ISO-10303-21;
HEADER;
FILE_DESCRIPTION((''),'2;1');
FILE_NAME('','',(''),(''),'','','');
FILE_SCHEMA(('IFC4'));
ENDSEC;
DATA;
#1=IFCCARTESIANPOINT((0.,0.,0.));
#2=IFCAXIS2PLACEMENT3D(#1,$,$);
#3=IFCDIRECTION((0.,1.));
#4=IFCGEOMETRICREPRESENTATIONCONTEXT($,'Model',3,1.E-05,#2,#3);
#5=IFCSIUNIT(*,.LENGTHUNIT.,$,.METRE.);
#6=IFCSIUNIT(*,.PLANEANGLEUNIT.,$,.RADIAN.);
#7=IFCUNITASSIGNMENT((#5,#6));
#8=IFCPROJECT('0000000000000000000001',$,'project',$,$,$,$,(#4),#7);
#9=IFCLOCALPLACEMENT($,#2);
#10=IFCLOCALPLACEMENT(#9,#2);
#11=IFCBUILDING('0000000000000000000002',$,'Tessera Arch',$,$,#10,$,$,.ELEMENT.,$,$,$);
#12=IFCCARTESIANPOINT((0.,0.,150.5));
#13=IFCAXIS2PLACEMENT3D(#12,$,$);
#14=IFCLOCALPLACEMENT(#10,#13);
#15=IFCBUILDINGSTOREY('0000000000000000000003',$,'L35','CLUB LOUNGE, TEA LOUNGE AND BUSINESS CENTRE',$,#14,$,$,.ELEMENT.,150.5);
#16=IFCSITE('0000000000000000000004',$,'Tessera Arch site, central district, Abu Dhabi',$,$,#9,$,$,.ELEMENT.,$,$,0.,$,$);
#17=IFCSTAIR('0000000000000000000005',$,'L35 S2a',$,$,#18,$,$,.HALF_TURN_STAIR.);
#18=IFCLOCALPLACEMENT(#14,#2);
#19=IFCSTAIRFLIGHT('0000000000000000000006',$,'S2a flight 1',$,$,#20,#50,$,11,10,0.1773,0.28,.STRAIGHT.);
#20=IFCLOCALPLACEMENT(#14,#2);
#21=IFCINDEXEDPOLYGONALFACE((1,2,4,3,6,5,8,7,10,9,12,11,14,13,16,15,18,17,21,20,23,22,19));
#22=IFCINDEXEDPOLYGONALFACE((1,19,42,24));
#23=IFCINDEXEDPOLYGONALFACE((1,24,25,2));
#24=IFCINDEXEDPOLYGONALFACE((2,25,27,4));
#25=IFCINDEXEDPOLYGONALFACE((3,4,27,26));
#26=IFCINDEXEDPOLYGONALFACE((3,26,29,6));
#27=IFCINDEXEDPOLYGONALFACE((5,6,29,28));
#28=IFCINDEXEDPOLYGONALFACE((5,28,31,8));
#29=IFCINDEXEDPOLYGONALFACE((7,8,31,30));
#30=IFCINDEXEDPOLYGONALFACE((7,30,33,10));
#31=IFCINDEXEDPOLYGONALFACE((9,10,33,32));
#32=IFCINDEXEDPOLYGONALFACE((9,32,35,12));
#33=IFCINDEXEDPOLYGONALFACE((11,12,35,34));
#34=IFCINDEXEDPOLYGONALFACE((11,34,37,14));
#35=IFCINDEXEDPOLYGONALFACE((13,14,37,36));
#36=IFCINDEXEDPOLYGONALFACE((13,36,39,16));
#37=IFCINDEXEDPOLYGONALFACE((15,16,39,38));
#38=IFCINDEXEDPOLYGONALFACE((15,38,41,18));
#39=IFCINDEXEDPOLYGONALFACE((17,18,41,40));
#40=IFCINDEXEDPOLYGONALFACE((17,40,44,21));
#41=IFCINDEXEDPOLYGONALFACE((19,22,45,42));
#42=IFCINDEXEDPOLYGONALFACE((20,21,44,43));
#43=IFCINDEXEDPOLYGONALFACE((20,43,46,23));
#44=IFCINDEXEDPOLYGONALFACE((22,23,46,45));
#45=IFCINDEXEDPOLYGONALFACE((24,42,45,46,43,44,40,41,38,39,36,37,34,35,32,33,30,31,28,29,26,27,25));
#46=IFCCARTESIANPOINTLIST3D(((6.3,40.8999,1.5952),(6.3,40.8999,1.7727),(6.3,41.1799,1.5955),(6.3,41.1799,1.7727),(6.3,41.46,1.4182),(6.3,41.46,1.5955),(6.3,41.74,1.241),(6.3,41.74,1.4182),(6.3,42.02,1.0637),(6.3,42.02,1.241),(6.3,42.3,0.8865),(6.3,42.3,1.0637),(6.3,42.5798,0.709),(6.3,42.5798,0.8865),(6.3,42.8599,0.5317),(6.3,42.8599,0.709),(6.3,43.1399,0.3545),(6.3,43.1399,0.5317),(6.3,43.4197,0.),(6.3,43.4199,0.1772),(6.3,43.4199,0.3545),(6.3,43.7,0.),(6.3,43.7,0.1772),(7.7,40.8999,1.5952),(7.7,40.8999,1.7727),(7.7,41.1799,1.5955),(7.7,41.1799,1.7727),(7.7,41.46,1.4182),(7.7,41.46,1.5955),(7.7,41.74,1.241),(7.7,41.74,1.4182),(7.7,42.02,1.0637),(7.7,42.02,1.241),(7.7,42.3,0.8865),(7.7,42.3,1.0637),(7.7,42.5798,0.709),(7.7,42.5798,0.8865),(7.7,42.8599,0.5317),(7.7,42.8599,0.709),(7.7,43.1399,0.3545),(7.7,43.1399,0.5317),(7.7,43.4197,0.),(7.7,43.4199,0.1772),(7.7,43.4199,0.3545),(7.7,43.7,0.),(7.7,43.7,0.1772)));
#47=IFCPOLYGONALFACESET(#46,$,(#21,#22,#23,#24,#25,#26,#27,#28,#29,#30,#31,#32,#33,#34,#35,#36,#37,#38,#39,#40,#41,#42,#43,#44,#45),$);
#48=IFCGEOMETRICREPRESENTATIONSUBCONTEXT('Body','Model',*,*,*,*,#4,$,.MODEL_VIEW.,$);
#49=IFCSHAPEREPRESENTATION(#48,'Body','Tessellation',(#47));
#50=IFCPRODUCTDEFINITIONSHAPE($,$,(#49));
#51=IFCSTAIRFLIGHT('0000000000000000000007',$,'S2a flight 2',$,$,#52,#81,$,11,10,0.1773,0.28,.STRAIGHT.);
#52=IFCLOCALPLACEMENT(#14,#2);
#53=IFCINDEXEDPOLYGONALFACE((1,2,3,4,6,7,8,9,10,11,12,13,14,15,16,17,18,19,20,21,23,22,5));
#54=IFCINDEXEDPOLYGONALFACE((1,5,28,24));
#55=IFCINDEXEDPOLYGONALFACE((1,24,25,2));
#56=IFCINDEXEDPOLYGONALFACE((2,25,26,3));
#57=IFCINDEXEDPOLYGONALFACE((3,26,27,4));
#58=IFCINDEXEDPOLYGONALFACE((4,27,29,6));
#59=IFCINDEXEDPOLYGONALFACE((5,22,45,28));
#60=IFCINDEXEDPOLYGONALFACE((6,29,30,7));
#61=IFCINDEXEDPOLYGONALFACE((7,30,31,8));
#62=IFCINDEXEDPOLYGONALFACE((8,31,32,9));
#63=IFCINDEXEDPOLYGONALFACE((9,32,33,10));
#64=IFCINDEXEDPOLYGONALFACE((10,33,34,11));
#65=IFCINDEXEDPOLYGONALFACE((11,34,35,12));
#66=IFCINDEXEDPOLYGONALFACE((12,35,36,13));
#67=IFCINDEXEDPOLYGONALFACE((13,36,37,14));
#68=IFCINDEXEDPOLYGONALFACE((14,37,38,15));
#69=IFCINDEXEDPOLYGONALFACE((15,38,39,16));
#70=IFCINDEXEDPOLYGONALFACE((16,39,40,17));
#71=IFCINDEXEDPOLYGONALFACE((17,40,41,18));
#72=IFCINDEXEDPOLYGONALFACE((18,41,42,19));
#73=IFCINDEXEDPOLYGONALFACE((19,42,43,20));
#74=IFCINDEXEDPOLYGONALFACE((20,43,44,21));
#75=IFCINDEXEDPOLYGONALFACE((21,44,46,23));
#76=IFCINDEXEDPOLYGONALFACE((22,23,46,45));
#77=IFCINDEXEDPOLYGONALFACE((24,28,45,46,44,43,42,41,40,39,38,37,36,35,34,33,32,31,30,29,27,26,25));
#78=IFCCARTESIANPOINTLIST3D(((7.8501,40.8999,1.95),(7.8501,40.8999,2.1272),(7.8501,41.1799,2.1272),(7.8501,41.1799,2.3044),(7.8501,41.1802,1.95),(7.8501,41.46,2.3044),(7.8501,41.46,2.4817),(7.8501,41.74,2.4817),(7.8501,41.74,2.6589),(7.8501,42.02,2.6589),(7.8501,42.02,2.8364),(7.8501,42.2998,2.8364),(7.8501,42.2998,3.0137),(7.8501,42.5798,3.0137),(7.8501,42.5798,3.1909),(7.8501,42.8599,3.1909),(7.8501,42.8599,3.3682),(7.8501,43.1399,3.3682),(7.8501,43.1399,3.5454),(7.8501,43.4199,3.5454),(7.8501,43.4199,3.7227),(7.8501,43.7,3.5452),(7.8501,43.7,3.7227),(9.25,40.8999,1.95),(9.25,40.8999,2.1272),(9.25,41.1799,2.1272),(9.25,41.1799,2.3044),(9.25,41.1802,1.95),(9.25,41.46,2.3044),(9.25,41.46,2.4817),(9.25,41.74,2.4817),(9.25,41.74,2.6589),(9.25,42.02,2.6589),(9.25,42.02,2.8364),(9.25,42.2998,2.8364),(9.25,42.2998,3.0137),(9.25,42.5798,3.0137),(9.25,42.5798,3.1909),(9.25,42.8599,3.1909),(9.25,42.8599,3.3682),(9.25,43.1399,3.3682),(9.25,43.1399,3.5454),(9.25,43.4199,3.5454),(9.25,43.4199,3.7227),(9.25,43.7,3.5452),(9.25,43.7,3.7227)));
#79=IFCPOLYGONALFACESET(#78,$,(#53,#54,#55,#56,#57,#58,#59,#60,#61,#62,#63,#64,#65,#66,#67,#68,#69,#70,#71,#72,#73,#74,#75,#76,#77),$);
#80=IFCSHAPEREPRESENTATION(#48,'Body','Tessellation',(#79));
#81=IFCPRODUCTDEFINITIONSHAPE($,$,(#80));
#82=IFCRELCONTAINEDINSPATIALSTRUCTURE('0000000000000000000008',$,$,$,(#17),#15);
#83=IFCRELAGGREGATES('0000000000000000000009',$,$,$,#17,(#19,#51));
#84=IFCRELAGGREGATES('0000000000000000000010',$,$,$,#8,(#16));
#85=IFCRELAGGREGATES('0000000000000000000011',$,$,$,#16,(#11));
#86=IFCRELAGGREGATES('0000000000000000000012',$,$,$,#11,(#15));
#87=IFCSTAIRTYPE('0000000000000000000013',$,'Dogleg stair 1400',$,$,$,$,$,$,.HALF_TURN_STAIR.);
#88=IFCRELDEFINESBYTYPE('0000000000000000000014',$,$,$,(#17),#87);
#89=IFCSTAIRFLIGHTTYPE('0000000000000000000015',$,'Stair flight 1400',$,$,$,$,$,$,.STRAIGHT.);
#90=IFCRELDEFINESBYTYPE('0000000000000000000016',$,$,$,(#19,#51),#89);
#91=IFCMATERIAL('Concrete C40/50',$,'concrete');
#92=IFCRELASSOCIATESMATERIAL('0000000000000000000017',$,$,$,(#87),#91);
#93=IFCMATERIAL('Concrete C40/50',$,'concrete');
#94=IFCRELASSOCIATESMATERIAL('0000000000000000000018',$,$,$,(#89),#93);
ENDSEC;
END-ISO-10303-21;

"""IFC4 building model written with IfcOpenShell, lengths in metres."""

from ifc_helpers import new_model, si_unit, direction, frame, origin, place, context, subcontext, project, spatial, polyline, outline, extrude, material, type_object, element, aggregate, save


model = new_model("IFC4")

# Units and contexts
model_context = context("Model", 3, precision=1e-05, world=origin(), true_north=direction((0.0, 1.0)))
body_context = subcontext(model_context, "Body", "Model", "MODEL_VIEW")
ifc_project = project(units=[si_unit("LENGTHUNIT", "METRE"), si_unit("PLANEANGLEUNIT", "RADIAN")], contexts=[model_context])

# Site, building, storey
site_placement = place(None, origin())
site = spatial("IfcSite", under=ifc_project, at=site_placement, Name="Tessera Arch site, central district, Abu Dhabi", CompositionType="ELEMENT", RefElevation=0.0)
building_placement = place(site_placement, origin())
building = spatial("IfcBuilding", under=site, at=building_placement, Name="Tessera Arch", CompositionType="ELEMENT")
storey_placement = place(building_placement, frame((0.0, 0.0, 150.5)))
storey = spatial("IfcBuildingStorey", under=building, at=storey_placement, Name="L35", Description="CLUB LOUNGE, TEA LOUNGE AND BUSINESS CENTRE", CompositionType="ELEMENT", Elevation=150.5)

# Stair, stair flights
ifc_material_1 = material(Name="Concrete C40/50", Category="concrete")
stair_type = type_object("IfcStairType", Name="Dogleg stair 1400", PredefinedType="HALF_TURN_STAIR", material=ifc_material_1)
stair_placement = place(storey_placement, origin())
stair = element("IfcStair", 1, at=stair_placement, inside=storey, type_object=stair_type, Name="L35 S2a", PredefinedType="HALF_TURN_STAIR")
ifc_material_2 = material(Name="Concrete C40/50", Category="concrete")
stair_flight_type = type_object("IfcStairFlightType", Name="Stair flight 1400", PredefinedType="STRAIGHT", material=ifc_material_2)
stair_flight_1_placement = place(storey_placement, frame((7.0, 43.7, 0.0), z_axis=(0.0, 0.0, 1.0), x_axis=(0.0, -1.0, 0.0)))
stair_flight_1 = element("IfcStairFlight", 2, at=stair_flight_1_placement, type_object=stair_flight_type, Name="S2a flight 1", NumberOfRisers=11, NumberOfTreads=10, PredefinedType="STRAIGHT", RiserHeight=0.1773, TreadLength=0.28, context=body_context, shape_type="SweptSolid", body=[
    extrude(outline(polyline([(0.0, 0.0), (0.0, 0.1772), (0.28, 0.1772), (0.28, 0.3545), (0.5601, 0.3545), (0.5601, 0.5317), (0.8401, 0.5317), (0.8401, 0.709), (1.1201, 0.709), (1.1201, 0.8865), (1.3999, 0.8865), (1.3999, 1.0637), (1.6799, 1.0637), (1.6799, 1.241), (1.96, 1.241), (1.96, 1.4182), (2.24, 1.4182), (2.24, 1.5955), (2.52, 1.5955), (2.52, 1.7727), (2.8, 1.7727), (2.8, 1.95), (2.8, 1.5952), (0.2803, 0.0), (0.0, 0.0)])), frame((0.0, 0.7, 0.0), z_axis=(0.0, -1.0, 0.0), x_axis=(1.0, 0.0, 0.0)), (0.0, 0.0, 1.0), 1.3999),
])
stair_flight_2_placement = place(storey_placement, frame((8.55, 40.8999, 1.95), z_axis=(0.0, 0.0, 1.0), x_axis=(0.0, 1.0, 0.0)))
stair_flight_2 = element("IfcStairFlight", 3, at=stair_flight_2_placement, type_object=stair_flight_type, Name="S2a flight 2", NumberOfRisers=11, NumberOfTreads=10, PredefinedType="STRAIGHT", RiserHeight=0.1773, TreadLength=0.28, context=body_context, shape_type="SweptSolid", body=[
    extrude(outline(polyline([(0.0, 0.0), (0.0, 0.1772), (0.28, 0.1772), (0.28, 0.3545), (0.5601, 0.3545), (0.5601, 0.5317), (0.8401, 0.5317), (0.8401, 0.709), (1.1201, 0.709), (1.1201, 0.8865), (1.3999, 0.8865), (1.3999, 1.0637), (1.6799, 1.0637), (1.6799, 1.241), (1.96, 1.241), (1.96, 1.4182), (2.24, 1.4182), (2.24, 1.5955), (2.52, 1.5955), (2.52, 1.7727), (2.8, 1.7727), (2.8, 1.95), (2.8, 1.5952), (0.2803, 0.0), (0.0, 0.0)])), frame((0.0, 0.7, 0.0), z_axis=(0.0, -1.0, 0.0), x_axis=(1.0, 0.0, 0.0)), (0.0, 0.0, 1.0), 1.3999),
])
aggregate(stair, [stair_flight_1, stair_flight_2])

save(model, "model.ifc")
